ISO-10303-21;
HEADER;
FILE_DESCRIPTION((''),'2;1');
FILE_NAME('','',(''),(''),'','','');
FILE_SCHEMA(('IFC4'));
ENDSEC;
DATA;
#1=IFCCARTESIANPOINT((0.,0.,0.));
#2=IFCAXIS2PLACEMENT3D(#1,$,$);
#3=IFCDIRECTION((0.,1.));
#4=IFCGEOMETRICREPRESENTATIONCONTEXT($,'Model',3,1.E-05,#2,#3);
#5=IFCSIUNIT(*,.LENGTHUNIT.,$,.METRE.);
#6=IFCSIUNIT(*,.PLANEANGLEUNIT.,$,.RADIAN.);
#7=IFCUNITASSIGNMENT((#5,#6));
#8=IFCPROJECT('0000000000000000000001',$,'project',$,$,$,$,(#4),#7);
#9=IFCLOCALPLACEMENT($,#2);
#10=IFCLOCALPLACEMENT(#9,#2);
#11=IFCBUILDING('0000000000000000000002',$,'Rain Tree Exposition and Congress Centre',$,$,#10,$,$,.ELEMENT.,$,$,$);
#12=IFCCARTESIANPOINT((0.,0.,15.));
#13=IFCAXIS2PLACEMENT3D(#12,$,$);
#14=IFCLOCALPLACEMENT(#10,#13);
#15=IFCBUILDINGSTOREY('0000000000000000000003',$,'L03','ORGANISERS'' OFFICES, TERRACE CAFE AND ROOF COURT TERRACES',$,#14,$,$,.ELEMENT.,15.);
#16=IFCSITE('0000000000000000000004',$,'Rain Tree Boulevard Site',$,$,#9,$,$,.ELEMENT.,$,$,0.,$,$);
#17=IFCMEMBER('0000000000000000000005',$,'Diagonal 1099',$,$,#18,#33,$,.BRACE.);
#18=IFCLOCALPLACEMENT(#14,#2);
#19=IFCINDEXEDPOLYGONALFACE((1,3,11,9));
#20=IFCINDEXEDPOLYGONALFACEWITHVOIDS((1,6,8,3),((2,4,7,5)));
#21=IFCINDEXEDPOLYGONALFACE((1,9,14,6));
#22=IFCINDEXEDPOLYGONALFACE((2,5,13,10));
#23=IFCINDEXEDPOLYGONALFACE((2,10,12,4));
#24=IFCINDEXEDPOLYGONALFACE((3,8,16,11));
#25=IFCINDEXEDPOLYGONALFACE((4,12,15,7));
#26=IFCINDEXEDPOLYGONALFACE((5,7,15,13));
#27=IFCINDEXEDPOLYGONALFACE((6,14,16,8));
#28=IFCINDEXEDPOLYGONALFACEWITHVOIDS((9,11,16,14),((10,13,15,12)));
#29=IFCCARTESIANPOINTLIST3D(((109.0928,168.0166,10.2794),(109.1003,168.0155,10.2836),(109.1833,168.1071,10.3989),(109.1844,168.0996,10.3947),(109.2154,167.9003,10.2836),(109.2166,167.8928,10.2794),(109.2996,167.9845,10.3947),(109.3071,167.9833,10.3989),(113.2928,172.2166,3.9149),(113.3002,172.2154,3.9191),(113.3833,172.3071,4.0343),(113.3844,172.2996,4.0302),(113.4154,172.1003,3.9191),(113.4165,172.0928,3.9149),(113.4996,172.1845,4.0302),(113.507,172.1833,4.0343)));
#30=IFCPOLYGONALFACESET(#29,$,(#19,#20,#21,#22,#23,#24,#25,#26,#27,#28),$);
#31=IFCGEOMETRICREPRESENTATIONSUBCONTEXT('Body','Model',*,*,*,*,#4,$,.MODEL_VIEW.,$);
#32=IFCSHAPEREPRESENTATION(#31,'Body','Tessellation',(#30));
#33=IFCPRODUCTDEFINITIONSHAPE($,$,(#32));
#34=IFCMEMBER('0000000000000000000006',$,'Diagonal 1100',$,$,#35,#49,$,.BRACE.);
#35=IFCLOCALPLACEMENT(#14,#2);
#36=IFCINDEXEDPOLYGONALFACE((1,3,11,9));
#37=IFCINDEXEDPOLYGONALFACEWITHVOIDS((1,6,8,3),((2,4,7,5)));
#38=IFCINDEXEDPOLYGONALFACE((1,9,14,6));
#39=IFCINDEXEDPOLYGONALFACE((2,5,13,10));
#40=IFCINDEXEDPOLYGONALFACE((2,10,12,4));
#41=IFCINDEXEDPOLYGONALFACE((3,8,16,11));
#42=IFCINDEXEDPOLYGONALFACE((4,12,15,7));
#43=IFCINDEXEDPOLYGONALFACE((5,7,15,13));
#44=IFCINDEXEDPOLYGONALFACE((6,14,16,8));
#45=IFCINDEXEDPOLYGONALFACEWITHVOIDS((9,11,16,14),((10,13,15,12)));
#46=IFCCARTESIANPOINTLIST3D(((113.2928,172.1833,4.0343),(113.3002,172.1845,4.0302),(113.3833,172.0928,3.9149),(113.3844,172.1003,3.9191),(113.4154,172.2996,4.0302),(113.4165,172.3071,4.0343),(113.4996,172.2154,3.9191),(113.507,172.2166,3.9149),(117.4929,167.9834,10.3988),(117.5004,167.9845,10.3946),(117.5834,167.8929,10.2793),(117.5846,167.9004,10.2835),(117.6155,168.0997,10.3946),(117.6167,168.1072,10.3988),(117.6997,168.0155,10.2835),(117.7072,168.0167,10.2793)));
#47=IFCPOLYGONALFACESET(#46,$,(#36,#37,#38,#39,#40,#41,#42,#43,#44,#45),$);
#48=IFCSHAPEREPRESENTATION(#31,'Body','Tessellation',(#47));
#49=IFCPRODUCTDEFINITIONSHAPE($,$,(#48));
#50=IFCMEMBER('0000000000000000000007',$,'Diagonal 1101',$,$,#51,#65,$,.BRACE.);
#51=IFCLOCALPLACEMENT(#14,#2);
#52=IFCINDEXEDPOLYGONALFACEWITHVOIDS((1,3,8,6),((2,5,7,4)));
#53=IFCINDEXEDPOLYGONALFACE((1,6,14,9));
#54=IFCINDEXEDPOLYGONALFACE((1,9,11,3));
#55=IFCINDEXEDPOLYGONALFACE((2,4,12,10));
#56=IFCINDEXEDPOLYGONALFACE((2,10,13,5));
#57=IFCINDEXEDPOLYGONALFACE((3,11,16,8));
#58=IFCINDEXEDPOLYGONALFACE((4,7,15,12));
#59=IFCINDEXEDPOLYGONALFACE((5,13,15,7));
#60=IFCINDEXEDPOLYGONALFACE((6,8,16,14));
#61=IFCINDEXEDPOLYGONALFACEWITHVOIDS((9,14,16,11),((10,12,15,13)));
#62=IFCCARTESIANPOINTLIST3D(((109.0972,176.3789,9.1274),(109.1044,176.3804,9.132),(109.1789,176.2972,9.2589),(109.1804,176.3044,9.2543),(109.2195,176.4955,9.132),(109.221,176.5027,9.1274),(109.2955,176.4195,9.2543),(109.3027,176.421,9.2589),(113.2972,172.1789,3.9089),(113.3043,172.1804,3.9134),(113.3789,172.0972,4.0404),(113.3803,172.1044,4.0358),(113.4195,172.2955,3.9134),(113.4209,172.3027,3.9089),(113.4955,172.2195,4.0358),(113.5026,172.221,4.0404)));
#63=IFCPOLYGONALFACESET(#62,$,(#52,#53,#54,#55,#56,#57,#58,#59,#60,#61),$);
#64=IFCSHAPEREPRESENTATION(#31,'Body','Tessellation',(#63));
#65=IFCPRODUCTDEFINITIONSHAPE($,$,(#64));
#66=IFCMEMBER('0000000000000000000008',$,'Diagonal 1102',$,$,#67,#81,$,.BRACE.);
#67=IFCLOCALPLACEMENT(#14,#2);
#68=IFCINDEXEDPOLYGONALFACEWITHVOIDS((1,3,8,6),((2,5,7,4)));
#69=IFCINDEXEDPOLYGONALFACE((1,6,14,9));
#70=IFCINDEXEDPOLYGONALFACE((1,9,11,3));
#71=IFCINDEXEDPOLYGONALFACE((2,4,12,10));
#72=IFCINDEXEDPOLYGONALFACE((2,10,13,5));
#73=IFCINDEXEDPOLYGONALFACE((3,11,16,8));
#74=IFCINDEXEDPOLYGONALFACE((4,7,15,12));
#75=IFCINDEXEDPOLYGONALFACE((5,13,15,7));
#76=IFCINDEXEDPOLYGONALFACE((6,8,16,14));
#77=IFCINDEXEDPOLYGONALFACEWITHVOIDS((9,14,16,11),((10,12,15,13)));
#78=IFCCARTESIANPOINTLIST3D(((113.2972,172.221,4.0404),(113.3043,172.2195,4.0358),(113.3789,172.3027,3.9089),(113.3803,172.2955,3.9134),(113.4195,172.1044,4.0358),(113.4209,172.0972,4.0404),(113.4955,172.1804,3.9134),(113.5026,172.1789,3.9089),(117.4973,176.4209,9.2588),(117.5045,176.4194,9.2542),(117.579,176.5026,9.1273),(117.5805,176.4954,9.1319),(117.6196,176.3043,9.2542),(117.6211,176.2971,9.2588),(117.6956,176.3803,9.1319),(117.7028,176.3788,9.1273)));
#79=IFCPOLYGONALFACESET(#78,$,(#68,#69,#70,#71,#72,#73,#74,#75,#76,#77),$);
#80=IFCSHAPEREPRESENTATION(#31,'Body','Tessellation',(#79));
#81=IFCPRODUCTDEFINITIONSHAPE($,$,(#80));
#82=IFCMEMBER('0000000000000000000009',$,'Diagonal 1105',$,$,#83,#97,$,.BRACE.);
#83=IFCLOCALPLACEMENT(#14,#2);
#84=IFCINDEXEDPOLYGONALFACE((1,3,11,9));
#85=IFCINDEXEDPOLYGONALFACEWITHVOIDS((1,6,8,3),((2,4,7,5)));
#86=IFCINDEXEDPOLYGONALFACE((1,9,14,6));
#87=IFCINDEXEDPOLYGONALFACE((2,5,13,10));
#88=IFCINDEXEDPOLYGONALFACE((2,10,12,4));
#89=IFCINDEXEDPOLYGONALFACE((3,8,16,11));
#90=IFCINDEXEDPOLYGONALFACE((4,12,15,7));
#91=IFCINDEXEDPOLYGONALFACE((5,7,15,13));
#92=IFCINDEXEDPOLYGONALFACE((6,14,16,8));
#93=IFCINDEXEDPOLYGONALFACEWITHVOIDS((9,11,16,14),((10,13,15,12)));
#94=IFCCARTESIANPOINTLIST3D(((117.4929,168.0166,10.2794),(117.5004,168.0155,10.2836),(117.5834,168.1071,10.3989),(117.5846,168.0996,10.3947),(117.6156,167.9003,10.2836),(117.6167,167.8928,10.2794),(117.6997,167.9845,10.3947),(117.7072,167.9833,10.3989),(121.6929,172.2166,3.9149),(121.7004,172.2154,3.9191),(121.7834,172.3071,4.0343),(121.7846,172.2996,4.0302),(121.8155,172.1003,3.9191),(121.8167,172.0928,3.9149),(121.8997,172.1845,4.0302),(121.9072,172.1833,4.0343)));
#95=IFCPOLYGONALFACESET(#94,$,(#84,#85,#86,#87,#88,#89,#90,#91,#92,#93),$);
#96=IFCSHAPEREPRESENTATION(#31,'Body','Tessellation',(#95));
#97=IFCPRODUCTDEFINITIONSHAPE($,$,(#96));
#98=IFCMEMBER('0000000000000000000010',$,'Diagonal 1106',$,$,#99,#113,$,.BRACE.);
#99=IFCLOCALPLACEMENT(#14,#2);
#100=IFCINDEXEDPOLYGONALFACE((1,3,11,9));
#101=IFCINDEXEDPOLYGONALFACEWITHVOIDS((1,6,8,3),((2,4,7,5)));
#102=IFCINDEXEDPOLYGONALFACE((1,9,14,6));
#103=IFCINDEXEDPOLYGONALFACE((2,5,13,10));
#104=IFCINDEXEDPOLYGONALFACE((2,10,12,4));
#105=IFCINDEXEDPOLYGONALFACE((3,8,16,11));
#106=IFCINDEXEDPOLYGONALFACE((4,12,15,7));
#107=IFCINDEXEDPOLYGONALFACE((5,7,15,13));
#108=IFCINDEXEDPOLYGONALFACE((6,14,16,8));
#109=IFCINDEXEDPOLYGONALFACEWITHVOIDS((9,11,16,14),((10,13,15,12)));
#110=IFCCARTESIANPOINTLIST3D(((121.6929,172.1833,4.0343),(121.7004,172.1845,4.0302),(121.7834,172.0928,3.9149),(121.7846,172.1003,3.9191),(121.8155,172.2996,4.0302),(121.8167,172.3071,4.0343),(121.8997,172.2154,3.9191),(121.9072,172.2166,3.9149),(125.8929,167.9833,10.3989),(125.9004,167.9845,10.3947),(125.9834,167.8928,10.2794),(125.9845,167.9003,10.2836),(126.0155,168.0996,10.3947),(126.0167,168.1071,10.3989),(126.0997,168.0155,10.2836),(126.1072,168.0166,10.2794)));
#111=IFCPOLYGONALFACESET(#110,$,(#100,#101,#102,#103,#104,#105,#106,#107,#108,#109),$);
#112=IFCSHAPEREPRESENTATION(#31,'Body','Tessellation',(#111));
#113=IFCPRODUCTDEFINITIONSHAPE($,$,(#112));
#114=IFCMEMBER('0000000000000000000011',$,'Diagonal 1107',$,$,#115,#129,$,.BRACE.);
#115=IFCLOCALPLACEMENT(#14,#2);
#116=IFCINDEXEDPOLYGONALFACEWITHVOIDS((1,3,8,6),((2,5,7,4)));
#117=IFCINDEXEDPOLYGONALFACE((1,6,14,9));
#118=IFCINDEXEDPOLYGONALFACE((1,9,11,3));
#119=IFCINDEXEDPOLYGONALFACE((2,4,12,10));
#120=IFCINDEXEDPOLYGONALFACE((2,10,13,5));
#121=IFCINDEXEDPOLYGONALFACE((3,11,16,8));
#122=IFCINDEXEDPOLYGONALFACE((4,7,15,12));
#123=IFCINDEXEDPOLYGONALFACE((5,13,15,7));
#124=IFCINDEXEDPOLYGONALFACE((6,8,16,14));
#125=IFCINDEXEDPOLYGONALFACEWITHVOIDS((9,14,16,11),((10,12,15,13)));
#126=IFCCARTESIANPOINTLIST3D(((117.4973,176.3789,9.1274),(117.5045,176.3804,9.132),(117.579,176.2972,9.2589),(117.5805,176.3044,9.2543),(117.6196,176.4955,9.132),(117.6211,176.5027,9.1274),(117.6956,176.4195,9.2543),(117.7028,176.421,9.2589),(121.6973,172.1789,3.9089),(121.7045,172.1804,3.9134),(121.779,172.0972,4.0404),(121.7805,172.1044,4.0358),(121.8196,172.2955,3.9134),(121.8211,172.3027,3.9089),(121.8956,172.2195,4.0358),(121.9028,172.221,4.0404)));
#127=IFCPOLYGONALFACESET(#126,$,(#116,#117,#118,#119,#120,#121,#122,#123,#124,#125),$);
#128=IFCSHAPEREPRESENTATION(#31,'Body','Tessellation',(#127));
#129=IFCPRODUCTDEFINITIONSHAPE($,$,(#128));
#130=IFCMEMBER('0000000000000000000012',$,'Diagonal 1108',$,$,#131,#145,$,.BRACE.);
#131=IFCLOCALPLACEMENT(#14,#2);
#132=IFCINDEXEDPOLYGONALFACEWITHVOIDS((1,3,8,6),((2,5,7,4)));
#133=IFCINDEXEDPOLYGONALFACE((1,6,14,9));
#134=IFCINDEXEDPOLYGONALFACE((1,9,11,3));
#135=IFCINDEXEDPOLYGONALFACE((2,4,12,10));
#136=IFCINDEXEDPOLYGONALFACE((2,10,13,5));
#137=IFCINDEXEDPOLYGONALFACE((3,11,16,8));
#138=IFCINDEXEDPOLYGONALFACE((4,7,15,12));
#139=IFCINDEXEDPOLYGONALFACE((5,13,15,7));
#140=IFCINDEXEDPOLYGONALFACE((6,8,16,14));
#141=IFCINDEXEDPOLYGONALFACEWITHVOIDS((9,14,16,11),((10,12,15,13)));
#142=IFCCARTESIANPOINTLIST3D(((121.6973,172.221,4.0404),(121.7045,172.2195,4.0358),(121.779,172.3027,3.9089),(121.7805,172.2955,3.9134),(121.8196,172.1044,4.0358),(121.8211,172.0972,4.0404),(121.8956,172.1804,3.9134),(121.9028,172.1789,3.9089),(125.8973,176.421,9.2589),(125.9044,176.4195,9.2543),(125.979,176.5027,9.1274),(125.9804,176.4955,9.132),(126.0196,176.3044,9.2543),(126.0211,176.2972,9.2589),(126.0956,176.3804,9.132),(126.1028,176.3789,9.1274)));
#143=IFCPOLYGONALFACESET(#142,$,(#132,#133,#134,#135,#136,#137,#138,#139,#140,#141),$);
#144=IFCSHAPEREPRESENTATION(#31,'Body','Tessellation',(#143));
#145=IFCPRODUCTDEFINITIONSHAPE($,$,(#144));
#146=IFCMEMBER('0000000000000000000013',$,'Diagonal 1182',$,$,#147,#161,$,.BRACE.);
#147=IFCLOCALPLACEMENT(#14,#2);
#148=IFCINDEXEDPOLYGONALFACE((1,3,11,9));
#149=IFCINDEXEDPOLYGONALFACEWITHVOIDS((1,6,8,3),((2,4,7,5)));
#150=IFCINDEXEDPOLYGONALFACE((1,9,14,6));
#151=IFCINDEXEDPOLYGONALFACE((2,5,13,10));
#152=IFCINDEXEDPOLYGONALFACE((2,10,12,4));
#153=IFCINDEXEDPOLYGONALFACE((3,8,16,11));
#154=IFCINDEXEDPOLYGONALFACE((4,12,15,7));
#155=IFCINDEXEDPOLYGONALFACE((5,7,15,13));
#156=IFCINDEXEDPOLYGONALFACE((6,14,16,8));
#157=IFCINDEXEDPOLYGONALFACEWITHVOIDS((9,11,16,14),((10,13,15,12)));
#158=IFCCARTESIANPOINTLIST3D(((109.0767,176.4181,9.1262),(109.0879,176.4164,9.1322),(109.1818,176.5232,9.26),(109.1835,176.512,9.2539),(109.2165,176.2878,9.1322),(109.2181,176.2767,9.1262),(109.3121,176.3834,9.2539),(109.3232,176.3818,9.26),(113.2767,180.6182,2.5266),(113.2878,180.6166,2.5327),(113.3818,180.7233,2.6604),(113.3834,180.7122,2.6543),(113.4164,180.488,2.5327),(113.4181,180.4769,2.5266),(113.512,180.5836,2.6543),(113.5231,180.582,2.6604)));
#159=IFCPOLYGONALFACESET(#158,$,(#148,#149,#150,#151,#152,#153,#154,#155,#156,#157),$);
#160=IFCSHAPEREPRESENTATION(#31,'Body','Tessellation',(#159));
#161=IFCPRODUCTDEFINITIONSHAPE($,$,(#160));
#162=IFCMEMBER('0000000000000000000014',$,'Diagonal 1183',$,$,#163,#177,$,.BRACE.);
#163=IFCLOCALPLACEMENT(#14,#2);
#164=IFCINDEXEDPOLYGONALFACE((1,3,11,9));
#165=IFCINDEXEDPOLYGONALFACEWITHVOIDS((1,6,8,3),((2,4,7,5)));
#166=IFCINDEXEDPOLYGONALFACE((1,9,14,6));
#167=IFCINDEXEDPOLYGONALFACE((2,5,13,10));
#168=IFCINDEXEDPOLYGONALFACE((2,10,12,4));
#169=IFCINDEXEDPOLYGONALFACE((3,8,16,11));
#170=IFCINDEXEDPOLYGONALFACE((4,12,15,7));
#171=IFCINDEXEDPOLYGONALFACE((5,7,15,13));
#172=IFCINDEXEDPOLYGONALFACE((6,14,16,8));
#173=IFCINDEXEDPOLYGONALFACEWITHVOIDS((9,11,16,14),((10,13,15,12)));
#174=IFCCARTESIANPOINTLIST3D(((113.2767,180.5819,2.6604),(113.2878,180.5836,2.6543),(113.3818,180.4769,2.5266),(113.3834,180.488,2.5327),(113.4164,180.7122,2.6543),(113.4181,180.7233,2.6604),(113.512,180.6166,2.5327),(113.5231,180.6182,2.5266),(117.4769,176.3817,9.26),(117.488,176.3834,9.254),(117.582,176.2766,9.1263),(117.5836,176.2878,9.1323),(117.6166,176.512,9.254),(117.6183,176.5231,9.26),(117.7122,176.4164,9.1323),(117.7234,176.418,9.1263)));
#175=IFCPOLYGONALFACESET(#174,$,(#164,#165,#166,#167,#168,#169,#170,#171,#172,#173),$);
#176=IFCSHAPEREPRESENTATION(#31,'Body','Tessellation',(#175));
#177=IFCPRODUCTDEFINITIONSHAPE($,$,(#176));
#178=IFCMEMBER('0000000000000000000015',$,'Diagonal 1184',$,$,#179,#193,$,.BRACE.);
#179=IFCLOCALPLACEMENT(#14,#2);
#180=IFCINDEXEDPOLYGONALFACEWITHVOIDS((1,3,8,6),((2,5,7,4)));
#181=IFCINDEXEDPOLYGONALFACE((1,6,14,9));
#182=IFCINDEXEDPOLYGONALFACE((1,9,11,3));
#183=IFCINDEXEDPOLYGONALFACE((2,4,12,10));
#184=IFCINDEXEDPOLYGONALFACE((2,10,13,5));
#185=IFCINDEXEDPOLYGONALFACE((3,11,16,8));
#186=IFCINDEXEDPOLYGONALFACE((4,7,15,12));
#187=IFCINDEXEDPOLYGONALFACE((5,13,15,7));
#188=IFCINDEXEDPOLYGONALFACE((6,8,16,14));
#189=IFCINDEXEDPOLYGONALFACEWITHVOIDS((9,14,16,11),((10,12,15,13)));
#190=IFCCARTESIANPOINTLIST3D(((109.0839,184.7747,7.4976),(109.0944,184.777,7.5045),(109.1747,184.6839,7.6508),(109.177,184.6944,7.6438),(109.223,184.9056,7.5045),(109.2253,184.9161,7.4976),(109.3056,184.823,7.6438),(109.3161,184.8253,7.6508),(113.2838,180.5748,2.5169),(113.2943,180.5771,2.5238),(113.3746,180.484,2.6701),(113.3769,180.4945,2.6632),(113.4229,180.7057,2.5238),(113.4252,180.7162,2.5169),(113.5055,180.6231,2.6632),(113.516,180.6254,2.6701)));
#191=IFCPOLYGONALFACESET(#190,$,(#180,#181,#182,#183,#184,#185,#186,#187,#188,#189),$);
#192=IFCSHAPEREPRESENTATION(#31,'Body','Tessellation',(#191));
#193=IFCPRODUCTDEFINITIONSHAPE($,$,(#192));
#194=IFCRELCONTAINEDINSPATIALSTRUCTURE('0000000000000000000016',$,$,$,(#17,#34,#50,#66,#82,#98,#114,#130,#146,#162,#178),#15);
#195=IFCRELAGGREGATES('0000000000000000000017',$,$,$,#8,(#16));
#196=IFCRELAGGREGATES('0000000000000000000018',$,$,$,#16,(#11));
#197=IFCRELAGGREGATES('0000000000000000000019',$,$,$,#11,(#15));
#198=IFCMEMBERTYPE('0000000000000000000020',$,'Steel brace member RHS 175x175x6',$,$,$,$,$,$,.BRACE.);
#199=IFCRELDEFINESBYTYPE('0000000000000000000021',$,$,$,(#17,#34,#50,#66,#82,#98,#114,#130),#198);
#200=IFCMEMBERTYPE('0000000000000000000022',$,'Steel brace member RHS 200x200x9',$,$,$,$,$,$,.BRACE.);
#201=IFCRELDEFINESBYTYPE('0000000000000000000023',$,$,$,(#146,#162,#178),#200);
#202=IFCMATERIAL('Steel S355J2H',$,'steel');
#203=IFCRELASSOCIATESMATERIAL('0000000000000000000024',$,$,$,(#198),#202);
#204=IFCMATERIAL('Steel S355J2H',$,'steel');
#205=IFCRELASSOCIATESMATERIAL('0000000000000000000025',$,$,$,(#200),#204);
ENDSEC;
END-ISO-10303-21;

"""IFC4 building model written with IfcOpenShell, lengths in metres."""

from ifc_helpers import new_model, si_unit, direction, frame, origin, origin_2d, place, context, subcontext, project, spatial, hollow_rectangle, extrude, material, material_profile, profile_set, type_object, element, save


model = new_model("IFC4")

# Units and contexts
model_context = context("Model", 3, precision=1e-05, world=origin(), true_north=direction((0.0, 1.0)))
body_context = subcontext(model_context, "Body", "Model", "MODEL_VIEW")
ifc_project = project(units=[si_unit("LENGTHUNIT", "METRE"), si_unit("PLANEANGLEUNIT", "RADIAN")], contexts=[model_context])

# Site, building, storey
site_placement = place(None, origin())
site = spatial("IfcSite", under=ifc_project, at=site_placement, Name="Rain Tree Boulevard Site", CompositionType="ELEMENT", RefElevation=0.0)
building_placement = place(site_placement, origin())
building = spatial("IfcBuilding", under=site, at=building_placement, Name="Rain Tree Exposition and Congress Centre", CompositionType="ELEMENT")
storey_placement = place(building_placement, frame((0.0, 0.0, 15.0)))
storey = spatial("IfcBuildingStorey", under=building, at=storey_placement, Name="L03", Description="ORGANISERS' OFFICES, TERRACE CAFE AND ROOF COURT TERRACES", CompositionType="ELEMENT", Elevation=15.0)

# Members
ifc_material_1 = material(Name="Steel S355J2H", Category="steel")
ifc_material_profile_1 = material_profile(ifc_material_1, hollow_rectangle(XDim=0.175, YDim=0.175, WallThickness=0.0061, at=origin_2d()), Name="RHS 175x175x6")
ifc_profile_set_1 = profile_set([ifc_material_profile_1], Name="Steel S355J2H")
member_type_1 = type_object("IfcMemberType", Name="Steel brace member RHS 175x175x6", PredefinedType="BRACE", material=ifc_profile_set_1)
for number, where, z_axis, x_axis, name in (
    (1, (113.3999, 172.2, 3.9746), (-0.482447, -0.482447, 0.731088), (0.707107, -0.707107, 0.0), "Diagonal 1099"),
    (2, (113.3999, 172.2, 3.9746), (0.482468, -0.48244, 0.731078), (0.707086, 0.707127, 0.0), "Diagonal 1100"),
):
    element("IfcMember", number, at=place(storey_placement, frame(where, z_axis=z_axis, x_axis=x_axis)), inside=storey, type_object=member_type_1, Name=name, PredefinedType="BRACE", context=body_context, shape_type="SweptSolid", body=[
        extrude(hollow_rectangle(XDim=0.175, YDim=0.175, WallThickness=0.0061, at=origin_2d()), origin(), (0.0, 0.0, 1.0), 8.7056),
    ])
for number, where, z_axis, x_axis, name in (
    (3, (113.3999, 172.2, 3.9746), (-0.531206, 0.531206, 0.660031), (-0.707107, -0.707107, 0.0), "Diagonal 1101"),
    (4, (113.3999, 172.2, 3.9746), (0.531228, 0.531197, 0.66002), (-0.707086, 0.707127, 0.0), "Diagonal 1102"),
):
    element("IfcMember", number, at=place(storey_placement, frame(where, z_axis=z_axis, x_axis=x_axis)), inside=storey, type_object=member_type_1, Name=name, PredefinedType="BRACE", context=body_context, shape_type="SweptSolid", body=[
        extrude(hollow_rectangle(XDim=0.175, YDim=0.175, WallThickness=0.0061, at=origin_2d()), origin(), (0.0, 0.0, 1.0), 7.9065),
    ])
for number, where, z_axis, x_axis, name in (
    (5, (121.8, 172.2, 3.9746), (-0.482447, -0.482447, 0.731088), (0.707107, -0.707107, 0.0), "Diagonal 1105"),
    (6, (121.8, 172.2, 3.9746), (0.482447, -0.482447, 0.731088), (0.707107, 0.707107, 0.0), "Diagonal 1106"),
):
    element("IfcMember", number, at=place(storey_placement, frame(where, z_axis=z_axis, x_axis=x_axis)), inside=storey, type_object=member_type_1, Name=name, PredefinedType="BRACE", context=body_context, shape_type="SweptSolid", body=[
        extrude(hollow_rectangle(XDim=0.175, YDim=0.175, WallThickness=0.0061, at=origin_2d()), origin(), (0.0, 0.0, 1.0), 8.7056),
    ])
for number, where, z_axis, x_axis, name in (
    (7, (121.8, 172.2, 3.9746), (-0.531206, 0.531206, 0.660031), (-0.707107, -0.707107, 0.0), "Diagonal 1107"),
    (8, (121.8, 172.2, 3.9746), (0.531206, 0.531206, 0.660031), (-0.707107, 0.707107, 0.0), "Diagonal 1108"),
):
    element("IfcMember", number, at=place(storey_placement, frame(where, z_axis=z_axis, x_axis=x_axis)), inside=storey, type_object=member_type_1, Name=name, PredefinedType="BRACE", context=body_context, shape_type="SweptSolid", body=[
        extrude(hollow_rectangle(XDim=0.175, YDim=0.175, WallThickness=0.0061, at=origin_2d()), origin(), (0.0, 0.0, 1.0), 7.9065),
    ])
ifc_material_2 = material(Name="Steel S355J2H", Category="steel")
ifc_material_profile_2 = material_profile(ifc_material_2, hollow_rectangle(XDim=0.2, YDim=0.2, WallThickness=0.009, at=origin_2d()), Name="RHS 200x200x9")
ifc_profile_set_2 = profile_set([ifc_material_profile_2], Name="Steel S355J2H")
member_type_2 = type_object("IfcMemberType", Name="Steel brace member RHS 200x200x9", PredefinedType="BRACE", material=ifc_profile_set_2)
member_1_placement = place(storey_placement, frame((113.3999, 180.6001, 2.5935), z_axis=(-0.473022, -0.47305, 0.743286), x_axis=(0.707127, -0.707086, 0.0)))
element("IfcMember", 9, at=member_1_placement, inside=storey, type_object=member_type_2, Name="Diagonal 1182", PredefinedType="BRACE", context=body_context, shape_type="SweptSolid", body=[
    extrude(hollow_rectangle(XDim=0.2, YDim=0.2, WallThickness=0.009, at=origin_2d()), origin(), (0.0, 0.0, 1.0), 8.8789),
])
member_2_placement = place(storey_placement, frame((113.3999, 180.6001, 2.5935), z_axis=(0.473044, -0.473044, 0.743276), x_axis=(0.707107, 0.707107, 0.0)))
element("IfcMember", 10, at=member_2_placement, inside=storey, type_object=member_type_2, Name="Diagonal 1183", PredefinedType="BRACE", context=body_context, shape_type="SweptSolid", body=[
    extrude(hollow_rectangle(XDim=0.2, YDim=0.2, WallThickness=0.009, at=origin_2d()), origin(), (0.0, 0.0, 1.0), 8.8792),
])
member_3_placement = place(storey_placement, frame((113.3999, 180.6001, 2.5935), z_axis=(-0.54182, 0.54182, 0.642543), x_axis=(-0.707107, -0.707107, 0.0)))
element("IfcMember", 11, at=member_3_placement, inside=storey, type_object=member_type_2, Name="Diagonal 1184", PredefinedType="BRACE", context=body_context, shape_type="SweptSolid", body=[
    extrude(hollow_rectangle(XDim=0.2, YDim=0.2, WallThickness=0.009, at=origin_2d()), origin(), (0.0, 0.0, 1.0), 7.7515),
])

save(model, "model.ifc")
